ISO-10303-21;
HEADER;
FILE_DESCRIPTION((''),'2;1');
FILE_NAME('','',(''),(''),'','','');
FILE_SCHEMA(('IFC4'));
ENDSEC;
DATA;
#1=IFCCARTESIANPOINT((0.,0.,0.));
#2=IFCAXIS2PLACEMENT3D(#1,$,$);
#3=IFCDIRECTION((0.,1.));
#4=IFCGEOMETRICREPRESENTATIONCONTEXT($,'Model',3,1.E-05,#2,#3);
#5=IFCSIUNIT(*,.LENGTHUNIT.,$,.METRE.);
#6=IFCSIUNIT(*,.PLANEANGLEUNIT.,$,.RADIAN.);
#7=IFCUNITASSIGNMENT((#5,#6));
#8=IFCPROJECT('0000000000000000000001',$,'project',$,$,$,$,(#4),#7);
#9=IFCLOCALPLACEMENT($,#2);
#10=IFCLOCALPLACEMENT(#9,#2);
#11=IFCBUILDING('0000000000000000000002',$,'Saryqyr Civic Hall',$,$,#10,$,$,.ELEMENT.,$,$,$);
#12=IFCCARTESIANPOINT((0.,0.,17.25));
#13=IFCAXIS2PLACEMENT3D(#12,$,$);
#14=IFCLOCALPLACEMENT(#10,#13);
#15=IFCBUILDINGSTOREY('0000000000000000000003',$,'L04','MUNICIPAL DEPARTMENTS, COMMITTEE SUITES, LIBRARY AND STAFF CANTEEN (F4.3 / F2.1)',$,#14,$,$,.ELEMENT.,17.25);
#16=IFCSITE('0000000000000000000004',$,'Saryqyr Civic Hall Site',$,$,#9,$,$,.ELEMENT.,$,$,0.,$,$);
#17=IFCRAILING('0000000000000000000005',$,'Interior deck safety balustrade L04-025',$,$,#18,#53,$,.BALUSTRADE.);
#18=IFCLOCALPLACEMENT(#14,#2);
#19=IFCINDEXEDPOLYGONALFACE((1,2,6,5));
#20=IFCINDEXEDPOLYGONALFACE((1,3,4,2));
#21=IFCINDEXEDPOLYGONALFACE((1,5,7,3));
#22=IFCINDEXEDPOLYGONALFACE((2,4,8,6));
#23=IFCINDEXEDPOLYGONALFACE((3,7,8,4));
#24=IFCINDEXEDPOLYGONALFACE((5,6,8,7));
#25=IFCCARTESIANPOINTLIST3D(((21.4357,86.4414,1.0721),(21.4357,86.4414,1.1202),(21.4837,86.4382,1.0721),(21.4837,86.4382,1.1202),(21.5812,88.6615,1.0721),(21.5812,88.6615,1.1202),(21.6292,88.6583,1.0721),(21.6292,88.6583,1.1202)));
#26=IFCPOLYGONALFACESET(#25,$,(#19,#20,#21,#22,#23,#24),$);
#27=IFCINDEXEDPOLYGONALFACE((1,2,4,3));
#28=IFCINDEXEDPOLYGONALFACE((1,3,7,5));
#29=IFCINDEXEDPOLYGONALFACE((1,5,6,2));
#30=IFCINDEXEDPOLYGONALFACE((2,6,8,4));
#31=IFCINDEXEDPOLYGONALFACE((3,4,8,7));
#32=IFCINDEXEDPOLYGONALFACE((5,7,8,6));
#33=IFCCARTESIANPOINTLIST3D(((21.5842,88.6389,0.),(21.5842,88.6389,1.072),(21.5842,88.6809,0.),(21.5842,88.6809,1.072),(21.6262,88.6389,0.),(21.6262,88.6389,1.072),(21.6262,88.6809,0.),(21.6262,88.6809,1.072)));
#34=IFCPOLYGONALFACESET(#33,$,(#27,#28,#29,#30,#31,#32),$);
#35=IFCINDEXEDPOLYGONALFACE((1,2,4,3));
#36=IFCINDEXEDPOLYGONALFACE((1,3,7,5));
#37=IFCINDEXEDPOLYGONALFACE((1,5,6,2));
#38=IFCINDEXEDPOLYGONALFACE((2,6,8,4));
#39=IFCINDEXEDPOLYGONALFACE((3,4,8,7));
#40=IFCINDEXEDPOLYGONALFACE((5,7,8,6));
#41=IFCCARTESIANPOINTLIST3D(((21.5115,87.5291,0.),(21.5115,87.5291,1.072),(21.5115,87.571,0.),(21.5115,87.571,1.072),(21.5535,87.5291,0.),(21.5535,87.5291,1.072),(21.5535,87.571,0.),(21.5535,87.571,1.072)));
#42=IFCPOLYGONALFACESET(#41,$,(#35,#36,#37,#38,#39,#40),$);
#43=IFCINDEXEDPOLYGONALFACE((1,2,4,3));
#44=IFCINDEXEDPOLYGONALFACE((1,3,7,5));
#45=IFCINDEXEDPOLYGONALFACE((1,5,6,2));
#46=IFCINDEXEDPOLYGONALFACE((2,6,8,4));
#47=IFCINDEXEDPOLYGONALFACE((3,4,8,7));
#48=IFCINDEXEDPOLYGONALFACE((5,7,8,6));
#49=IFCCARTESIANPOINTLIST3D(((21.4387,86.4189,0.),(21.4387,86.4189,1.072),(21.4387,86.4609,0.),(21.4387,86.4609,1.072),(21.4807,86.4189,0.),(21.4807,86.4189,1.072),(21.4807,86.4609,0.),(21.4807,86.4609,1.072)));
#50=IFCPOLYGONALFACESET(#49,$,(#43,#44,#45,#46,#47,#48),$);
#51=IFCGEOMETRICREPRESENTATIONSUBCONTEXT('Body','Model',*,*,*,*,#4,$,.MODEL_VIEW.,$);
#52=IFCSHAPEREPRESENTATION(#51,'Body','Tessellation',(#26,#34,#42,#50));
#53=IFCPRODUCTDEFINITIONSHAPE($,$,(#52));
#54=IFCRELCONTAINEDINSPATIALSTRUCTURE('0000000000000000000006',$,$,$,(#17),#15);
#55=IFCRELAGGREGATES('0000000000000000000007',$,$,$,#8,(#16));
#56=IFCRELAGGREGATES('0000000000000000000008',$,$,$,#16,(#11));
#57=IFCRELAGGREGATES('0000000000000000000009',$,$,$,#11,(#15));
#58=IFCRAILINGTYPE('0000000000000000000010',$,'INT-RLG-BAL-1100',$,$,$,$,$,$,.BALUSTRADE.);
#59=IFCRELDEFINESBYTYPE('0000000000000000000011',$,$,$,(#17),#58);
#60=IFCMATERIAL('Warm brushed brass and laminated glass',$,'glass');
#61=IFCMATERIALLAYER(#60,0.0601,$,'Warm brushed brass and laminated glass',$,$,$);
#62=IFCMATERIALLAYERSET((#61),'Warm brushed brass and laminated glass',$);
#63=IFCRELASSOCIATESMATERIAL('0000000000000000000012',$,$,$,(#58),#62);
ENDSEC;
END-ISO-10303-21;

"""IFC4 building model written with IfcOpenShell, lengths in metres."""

from ifc_helpers import new_model, si_unit, direction, frame, origin, origin_2d, place, context, subcontext, project, spatial, rectangle, extrude, material, layer, layer_set, type_object, element, save


model = new_model("IFC4")

# Units and contexts
model_context = context("Model", 3, precision=1e-05, world=origin(), true_north=direction((0.0, 1.0)))
body_context = subcontext(model_context, "Body", "Model", "MODEL_VIEW")
ifc_project = project(units=[si_unit("LENGTHUNIT", "METRE"), si_unit("PLANEANGLEUNIT", "RADIAN")], contexts=[model_context])

# Site, building, storey
site_placement = place(None, origin())
site = spatial("IfcSite", under=ifc_project, at=site_placement, Name="Saryqyr Civic Hall Site", CompositionType="ELEMENT", RefElevation=0.0)
building_placement = place(site_placement, origin())
building = spatial("IfcBuilding", under=site, at=building_placement, Name="Saryqyr Civic Hall", CompositionType="ELEMENT")
storey_placement = place(building_placement, frame((0.0, 0.0, 17.25)))
storey = spatial("IfcBuildingStorey", under=building, at=storey_placement, Name="L04", Description="MUNICIPAL DEPARTMENTS, COMMITTEE SUITES, LIBRARY AND STAFF CANTEEN (F4.3 / F2.1)", CompositionType="ELEMENT", Elevation=17.25)

# Railing
ifc_material_1 = material(Name="Warm brushed brass and laminated glass", Category="glass")
ifc_layer_1 = layer(ifc_material_1, 0.0601, Name="Warm brushed brass and laminated glass")
ifc_layer_set_1 = layer_set([ifc_layer_1], Name="Warm brushed brass and laminated glass")
railing_type = type_object("IfcRailingType", Name="INT-RLG-BAL-1100", PredefinedType="BALUSTRADE", material=ifc_layer_set_1)
railing_1_placement = place(storey_placement, frame((21.6052, 88.6599, 0.0)))
element("IfcRailing", 1, at=railing_1_placement, inside=storey, type_object=railing_type, Name="Interior deck safety balustrade L04-025", PredefinedType="BALUSTRADE", context=body_context, shape_type="SweptSolid", body=[
    extrude(rectangle(XDim=0.0481, YDim=0.0481, at=origin_2d()), frame((0.0, 0.0, 1.0962), z_axis=(-0.065405, -0.997859, 0.0), x_axis=(0.997859, -0.065405, 0.0)), (0.0, 0.0, 1.0), 2.2249),
    extrude(rectangle(XDim=0.042, YDim=0.042, at=origin_2d()), origin(), (0.0, 0.0, 1.0), 1.072),
    extrude(rectangle(XDim=0.042, YDim=0.042, at=origin_2d()), frame((-0.0728, -1.1099, 0.0)), (0.0, 0.0, 1.0), 1.072),
    extrude(rectangle(XDim=0.042, YDim=0.042, at=origin_2d()), frame((-0.1455, -2.22, 0.0)), (0.0, 0.0, 1.0), 1.072),
])

save(model, "model.ifc")
